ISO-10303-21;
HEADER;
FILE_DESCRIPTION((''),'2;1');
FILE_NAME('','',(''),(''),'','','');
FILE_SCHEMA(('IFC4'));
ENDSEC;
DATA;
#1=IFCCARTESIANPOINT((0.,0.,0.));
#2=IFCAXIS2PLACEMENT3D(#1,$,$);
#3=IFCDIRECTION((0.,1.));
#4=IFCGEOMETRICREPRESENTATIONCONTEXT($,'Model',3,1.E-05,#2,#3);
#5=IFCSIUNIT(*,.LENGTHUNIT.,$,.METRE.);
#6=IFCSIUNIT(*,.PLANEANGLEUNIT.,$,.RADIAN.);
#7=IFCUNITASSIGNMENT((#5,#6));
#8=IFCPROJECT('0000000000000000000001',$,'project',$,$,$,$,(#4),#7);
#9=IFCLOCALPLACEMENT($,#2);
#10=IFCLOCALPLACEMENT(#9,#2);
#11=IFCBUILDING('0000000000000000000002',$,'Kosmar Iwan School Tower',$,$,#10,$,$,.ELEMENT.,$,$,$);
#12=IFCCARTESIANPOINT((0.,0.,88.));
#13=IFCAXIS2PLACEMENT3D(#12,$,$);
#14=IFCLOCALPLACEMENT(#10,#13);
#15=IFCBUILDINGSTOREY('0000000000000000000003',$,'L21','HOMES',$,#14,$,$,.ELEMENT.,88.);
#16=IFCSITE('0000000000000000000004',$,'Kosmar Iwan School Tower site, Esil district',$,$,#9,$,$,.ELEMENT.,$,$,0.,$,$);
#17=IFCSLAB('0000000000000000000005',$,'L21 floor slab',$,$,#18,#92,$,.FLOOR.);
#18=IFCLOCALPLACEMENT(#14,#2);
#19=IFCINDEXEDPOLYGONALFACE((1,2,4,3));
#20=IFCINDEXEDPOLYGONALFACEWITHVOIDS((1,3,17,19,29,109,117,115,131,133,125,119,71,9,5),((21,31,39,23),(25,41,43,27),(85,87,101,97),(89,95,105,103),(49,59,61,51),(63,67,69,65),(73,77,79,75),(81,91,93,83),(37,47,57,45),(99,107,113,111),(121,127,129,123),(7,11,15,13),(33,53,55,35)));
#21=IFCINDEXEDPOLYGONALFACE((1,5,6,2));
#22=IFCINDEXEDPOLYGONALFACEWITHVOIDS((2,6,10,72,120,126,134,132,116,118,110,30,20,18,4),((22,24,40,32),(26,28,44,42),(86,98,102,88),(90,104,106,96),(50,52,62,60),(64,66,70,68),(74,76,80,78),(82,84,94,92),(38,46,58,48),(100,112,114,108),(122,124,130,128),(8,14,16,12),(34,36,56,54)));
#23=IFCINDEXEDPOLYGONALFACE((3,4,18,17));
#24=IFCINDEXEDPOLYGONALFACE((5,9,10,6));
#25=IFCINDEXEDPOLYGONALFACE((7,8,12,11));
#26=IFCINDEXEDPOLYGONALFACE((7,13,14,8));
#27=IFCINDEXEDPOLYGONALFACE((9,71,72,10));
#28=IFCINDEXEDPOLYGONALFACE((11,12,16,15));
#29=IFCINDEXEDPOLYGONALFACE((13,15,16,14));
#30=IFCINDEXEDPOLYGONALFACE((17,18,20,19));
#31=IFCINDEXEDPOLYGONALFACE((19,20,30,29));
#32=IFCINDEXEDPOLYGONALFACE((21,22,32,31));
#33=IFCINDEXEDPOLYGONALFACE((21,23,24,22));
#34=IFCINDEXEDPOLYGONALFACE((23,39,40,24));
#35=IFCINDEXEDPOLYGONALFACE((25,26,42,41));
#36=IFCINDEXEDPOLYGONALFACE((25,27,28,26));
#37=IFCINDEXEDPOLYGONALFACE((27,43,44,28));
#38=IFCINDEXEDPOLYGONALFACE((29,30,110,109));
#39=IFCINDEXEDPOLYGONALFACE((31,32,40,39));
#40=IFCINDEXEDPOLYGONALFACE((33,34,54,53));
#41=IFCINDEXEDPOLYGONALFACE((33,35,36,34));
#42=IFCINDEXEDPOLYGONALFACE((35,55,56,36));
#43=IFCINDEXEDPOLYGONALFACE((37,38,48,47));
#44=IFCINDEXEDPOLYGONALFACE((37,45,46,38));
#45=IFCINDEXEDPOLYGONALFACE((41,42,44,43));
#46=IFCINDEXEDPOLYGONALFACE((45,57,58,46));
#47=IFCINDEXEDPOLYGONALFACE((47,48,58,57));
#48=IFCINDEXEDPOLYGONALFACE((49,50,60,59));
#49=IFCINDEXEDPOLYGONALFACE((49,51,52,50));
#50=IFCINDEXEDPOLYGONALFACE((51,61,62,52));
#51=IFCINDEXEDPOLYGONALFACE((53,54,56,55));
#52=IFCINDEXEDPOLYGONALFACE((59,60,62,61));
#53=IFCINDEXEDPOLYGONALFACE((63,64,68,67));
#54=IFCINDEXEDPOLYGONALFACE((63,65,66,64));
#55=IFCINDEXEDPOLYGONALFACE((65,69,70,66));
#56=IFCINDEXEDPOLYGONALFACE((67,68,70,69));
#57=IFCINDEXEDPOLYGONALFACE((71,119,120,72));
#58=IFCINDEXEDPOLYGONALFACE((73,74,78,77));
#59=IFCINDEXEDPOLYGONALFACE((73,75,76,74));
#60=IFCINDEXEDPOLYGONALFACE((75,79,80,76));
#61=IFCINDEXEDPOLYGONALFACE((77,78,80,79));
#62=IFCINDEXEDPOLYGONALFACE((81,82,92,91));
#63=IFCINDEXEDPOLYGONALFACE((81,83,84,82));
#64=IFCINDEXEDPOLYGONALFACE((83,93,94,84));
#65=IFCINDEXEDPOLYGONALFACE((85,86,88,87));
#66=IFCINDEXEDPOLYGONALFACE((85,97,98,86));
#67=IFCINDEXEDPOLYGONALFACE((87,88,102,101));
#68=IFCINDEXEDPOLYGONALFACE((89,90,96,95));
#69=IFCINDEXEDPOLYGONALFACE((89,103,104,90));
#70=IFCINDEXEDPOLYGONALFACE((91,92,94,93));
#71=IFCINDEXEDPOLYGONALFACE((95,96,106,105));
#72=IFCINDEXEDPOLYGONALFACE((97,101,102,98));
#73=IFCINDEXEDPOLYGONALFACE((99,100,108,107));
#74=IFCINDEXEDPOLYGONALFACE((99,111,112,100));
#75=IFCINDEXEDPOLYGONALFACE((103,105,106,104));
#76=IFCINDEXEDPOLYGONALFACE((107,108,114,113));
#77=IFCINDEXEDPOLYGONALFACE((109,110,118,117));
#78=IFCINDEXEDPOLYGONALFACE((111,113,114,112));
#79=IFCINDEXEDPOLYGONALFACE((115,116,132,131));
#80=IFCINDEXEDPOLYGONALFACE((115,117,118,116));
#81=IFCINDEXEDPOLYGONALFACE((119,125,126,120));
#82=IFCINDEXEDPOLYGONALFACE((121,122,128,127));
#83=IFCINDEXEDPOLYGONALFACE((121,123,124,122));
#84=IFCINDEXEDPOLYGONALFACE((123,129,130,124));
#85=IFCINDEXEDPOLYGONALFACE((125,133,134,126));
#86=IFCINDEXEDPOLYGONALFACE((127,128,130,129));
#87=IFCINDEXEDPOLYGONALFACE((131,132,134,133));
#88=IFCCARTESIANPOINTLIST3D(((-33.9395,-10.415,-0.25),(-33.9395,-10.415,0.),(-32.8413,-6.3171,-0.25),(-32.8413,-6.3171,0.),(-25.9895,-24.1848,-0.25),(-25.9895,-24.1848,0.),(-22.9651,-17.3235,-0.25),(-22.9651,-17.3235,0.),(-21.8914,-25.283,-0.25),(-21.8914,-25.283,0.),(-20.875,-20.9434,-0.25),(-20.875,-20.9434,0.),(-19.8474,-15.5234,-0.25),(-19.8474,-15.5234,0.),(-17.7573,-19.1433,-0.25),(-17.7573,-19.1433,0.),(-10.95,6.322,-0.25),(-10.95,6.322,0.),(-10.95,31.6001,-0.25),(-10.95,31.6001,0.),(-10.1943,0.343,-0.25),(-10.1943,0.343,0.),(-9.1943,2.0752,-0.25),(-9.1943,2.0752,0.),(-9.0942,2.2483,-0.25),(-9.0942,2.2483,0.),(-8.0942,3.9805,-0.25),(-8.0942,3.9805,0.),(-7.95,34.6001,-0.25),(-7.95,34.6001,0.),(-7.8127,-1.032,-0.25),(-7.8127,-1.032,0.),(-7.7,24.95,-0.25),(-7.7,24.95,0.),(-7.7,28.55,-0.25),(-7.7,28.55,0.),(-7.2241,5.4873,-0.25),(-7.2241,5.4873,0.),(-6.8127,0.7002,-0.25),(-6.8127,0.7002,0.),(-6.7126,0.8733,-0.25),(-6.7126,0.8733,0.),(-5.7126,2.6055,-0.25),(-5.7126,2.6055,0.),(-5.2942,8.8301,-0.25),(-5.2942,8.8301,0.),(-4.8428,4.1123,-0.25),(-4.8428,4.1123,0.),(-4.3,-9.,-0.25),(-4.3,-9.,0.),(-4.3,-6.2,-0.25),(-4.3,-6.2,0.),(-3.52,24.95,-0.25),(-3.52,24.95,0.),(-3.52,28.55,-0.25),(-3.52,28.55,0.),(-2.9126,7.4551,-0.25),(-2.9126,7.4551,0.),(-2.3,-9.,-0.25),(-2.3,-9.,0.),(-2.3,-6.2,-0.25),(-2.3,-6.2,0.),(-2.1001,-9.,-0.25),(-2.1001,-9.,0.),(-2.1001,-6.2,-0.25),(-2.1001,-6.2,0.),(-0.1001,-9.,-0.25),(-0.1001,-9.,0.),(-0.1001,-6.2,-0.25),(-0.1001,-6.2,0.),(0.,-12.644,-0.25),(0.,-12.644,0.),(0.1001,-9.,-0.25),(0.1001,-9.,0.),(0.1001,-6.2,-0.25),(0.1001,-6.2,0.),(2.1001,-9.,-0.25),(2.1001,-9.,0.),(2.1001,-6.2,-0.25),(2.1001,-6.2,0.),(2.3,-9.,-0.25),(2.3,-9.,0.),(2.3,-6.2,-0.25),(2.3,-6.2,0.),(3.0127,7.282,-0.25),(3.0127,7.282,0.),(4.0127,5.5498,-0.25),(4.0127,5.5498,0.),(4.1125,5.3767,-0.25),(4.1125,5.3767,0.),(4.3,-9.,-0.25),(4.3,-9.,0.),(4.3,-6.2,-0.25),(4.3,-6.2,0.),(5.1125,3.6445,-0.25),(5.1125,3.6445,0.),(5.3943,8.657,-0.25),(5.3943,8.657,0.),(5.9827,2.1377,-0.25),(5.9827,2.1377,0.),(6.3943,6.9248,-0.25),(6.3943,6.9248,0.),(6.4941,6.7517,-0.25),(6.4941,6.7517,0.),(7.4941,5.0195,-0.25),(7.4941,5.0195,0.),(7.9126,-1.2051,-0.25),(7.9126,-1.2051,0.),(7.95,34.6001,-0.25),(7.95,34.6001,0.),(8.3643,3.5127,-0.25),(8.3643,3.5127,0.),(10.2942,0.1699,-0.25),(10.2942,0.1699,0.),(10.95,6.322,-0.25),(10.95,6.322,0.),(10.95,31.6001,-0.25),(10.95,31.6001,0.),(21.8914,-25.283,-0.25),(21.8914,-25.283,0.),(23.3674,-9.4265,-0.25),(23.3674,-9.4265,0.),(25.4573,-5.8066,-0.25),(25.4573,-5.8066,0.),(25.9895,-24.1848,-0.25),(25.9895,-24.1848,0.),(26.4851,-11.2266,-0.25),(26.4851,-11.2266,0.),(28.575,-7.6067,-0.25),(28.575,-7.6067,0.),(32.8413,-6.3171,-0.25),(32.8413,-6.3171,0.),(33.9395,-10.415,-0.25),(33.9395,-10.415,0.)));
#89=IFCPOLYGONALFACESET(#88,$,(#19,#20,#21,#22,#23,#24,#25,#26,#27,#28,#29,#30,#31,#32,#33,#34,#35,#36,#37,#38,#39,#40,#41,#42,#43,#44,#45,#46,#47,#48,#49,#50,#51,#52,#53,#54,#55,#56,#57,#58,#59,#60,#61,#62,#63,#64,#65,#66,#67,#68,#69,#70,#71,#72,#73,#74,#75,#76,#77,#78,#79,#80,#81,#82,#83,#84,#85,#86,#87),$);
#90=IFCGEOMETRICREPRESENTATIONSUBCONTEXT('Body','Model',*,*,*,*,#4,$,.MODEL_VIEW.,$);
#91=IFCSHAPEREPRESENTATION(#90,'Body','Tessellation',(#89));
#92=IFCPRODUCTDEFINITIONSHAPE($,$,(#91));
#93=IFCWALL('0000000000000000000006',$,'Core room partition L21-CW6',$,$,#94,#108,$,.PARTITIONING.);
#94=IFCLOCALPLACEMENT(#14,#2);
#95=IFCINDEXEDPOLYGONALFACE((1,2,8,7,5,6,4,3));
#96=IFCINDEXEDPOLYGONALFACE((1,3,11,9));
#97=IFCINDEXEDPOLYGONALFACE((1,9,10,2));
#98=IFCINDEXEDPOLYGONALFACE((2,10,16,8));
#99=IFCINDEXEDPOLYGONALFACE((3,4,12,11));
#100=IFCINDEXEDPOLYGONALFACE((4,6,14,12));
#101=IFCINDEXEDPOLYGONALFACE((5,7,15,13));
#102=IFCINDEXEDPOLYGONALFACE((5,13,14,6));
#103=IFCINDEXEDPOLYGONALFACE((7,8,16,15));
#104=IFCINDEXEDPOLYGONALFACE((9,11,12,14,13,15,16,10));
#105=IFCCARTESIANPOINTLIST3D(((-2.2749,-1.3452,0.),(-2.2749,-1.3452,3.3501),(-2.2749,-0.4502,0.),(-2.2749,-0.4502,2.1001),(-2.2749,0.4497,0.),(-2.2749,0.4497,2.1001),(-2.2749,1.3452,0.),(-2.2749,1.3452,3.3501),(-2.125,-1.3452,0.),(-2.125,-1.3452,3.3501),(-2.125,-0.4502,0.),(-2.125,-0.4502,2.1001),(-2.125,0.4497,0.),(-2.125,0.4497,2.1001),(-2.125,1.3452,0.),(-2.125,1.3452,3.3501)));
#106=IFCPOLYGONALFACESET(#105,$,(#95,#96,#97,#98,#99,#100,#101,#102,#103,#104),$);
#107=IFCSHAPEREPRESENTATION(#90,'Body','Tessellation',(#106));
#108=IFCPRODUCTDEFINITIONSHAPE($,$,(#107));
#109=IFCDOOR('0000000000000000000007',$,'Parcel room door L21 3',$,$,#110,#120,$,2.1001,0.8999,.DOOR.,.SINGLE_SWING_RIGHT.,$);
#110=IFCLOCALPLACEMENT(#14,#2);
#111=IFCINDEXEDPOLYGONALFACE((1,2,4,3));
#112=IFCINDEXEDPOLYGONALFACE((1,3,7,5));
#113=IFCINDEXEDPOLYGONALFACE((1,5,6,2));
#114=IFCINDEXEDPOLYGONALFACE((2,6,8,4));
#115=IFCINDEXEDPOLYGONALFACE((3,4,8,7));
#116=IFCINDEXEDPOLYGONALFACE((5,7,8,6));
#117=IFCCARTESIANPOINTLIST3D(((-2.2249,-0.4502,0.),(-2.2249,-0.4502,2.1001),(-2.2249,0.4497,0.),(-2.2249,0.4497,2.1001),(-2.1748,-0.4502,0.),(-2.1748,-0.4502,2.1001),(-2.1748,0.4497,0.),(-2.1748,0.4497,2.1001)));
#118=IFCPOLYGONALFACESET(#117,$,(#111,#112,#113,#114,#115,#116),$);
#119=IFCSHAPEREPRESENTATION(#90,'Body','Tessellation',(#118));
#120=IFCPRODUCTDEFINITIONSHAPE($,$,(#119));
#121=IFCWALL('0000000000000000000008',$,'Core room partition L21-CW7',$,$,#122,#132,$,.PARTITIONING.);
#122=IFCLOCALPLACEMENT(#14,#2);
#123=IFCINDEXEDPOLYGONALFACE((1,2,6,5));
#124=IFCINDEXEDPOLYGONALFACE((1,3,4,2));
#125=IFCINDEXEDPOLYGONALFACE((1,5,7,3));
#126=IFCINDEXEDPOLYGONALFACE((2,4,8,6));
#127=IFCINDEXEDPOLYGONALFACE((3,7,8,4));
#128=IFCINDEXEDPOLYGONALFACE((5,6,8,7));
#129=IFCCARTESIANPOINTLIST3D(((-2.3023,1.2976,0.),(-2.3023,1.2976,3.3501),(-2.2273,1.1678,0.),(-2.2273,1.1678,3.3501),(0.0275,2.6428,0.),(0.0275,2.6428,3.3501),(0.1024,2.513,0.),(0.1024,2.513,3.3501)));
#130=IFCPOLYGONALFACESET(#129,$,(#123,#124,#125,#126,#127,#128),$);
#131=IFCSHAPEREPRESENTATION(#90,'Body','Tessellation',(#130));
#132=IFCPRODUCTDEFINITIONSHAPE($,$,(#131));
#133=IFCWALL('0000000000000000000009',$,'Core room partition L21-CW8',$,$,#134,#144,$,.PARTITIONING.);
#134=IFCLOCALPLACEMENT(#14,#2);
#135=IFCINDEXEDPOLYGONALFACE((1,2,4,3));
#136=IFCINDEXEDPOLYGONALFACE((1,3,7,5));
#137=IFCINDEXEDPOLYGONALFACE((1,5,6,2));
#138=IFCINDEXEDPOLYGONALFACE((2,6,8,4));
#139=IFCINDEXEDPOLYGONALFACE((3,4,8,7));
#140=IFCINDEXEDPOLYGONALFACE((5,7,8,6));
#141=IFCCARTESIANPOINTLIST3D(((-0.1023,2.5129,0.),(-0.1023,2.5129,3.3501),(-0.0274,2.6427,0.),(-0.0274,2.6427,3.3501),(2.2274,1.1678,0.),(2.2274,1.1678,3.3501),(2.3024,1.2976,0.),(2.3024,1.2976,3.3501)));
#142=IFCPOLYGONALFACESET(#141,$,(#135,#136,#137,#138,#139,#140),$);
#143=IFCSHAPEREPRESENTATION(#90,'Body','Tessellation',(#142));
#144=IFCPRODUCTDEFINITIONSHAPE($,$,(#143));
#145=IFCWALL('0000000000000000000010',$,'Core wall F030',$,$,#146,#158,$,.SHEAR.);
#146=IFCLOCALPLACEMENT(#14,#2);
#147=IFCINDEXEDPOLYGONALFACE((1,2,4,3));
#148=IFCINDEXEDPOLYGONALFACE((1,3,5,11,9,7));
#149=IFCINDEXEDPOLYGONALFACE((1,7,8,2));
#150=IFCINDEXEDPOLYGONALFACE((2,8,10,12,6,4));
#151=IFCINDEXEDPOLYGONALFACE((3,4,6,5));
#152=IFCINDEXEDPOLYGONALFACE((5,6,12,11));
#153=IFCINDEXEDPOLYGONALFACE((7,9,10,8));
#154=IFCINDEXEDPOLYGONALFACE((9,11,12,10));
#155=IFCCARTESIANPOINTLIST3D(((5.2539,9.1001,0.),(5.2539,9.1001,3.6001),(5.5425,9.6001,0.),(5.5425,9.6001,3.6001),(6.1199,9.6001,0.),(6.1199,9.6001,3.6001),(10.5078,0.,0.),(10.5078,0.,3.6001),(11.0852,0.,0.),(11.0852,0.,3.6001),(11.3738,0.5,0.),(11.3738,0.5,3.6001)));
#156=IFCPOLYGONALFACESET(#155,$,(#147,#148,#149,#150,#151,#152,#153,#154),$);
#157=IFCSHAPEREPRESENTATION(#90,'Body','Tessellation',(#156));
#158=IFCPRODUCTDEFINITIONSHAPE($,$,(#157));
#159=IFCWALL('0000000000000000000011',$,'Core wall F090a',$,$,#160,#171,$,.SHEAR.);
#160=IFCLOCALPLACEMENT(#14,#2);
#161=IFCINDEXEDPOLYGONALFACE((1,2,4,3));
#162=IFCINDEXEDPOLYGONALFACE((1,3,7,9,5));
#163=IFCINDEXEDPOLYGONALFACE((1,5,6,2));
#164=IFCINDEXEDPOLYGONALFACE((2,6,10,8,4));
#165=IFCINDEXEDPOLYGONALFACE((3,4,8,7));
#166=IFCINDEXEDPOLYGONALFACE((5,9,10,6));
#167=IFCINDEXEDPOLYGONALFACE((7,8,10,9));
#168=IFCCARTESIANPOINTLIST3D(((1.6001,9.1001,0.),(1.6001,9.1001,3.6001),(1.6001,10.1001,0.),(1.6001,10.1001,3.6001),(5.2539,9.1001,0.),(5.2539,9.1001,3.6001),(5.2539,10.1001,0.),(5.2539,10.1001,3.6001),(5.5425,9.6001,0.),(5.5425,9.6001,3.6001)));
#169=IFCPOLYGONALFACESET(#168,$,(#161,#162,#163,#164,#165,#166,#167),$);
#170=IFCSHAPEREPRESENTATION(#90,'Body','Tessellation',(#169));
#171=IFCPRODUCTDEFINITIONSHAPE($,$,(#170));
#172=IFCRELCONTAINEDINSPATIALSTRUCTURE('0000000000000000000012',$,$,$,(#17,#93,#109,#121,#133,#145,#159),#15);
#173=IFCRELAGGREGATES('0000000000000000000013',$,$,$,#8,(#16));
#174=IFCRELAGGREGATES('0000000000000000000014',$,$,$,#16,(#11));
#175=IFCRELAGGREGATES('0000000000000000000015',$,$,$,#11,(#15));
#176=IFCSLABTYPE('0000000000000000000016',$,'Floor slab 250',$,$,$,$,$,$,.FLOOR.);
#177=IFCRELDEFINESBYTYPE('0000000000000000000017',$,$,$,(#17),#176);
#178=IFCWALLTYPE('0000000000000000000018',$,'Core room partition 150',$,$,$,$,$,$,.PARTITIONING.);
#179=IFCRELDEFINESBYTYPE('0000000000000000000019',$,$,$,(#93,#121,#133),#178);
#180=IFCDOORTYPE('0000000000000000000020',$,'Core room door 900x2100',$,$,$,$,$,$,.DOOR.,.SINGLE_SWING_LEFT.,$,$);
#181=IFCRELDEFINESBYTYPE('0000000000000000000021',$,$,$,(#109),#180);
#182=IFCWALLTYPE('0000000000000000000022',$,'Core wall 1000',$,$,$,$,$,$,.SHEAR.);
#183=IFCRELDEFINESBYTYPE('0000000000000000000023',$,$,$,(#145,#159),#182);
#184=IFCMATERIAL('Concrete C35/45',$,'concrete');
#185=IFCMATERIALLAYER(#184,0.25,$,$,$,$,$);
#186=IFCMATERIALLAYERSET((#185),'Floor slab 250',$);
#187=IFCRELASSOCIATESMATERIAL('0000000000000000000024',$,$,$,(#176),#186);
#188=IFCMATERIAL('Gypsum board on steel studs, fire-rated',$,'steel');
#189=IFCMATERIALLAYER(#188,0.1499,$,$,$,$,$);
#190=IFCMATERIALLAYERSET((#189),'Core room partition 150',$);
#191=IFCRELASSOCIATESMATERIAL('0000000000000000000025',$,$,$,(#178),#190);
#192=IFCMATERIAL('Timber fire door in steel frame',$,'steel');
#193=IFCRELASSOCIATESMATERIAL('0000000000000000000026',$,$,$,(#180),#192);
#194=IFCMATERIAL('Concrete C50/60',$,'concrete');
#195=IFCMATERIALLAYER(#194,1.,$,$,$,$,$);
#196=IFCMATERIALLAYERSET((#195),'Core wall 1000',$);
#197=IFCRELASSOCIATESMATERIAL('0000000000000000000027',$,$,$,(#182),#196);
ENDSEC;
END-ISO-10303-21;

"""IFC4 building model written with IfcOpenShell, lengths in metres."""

from ifc_helpers import new_model, si_unit, direction, frame, frame_2d, origin, place, context, subcontext, project, spatial, polyline, rectangle, outline, extrude, material, layer, layer_set, type_object, element, fill, save


model = new_model("IFC4")

# Units and contexts
model_context = context("Model", 3, precision=1e-05, world=origin(), true_north=direction((0.0, 1.0)))
body_context = subcontext(model_context, "Body", "Model", "MODEL_VIEW")
ifc_project = project(units=[si_unit("LENGTHUNIT", "METRE"), si_unit("PLANEANGLEUNIT", "RADIAN")], contexts=[model_context])

# Site, building, storey
site_placement = place(None, origin())
site = spatial("IfcSite", under=ifc_project, at=site_placement, Name="Kosmar Iwan School Tower site, Esil district", CompositionType="ELEMENT", RefElevation=0.0)
building_placement = place(site_placement, origin())
building = spatial("IfcBuilding", under=site, at=building_placement, Name="Kosmar Iwan School Tower", CompositionType="ELEMENT")
storey_placement = place(building_placement, frame((0.0, 0.0, 88.0)))
storey = spatial("IfcBuildingStorey", under=building, at=storey_placement, Name="L21", Description="HOMES", CompositionType="ELEMENT", Elevation=88.0)

# Slab
ifc_material_1 = material(Name="Concrete C35/45", Category="concrete")
ifc_layer_1 = layer(ifc_material_1, 0.25)
ifc_layer_set_1 = layer_set([ifc_layer_1], Name="Floor slab 250")
slab_type = type_object("IfcSlabType", Name="Floor slab 250", PredefinedType="FLOOR", material=ifc_layer_set_1)
slab_placement = place(storey_placement, frame((0.0, 0.0, -0.25)))
element("IfcSlab", 1, at=slab_placement, inside=storey, type_object=slab_type, Name="L21 floor slab", PredefinedType="FLOOR", context=body_context, shape_type="SweptSolid", body=[
    extrude(outline(polyline([(-21.8914, -25.283), (0.0, -12.644), (21.8914, -25.283), (25.9895, -24.1848), (33.9395, -10.415), (32.8413, -6.3171), (10.95, 6.322), (10.95, 31.6001), (7.95, 34.6001), (-7.95, 34.6001), (-10.95, 31.6001), (-10.95, 6.322), (-32.8413, -6.3171), (-33.9395, -10.415), (-25.9895, -24.1848), (-21.8914, -25.283)]), holes=[polyline([(7.9126, -1.2051), (10.2942, 0.1699), (8.3643, 3.5127), (5.9827, 2.1377), (7.9126, -1.2051)]), polyline([(-2.9126, 7.4551), (-5.2942, 8.8301), (-7.2241, 5.4873), (-4.8428, 4.1123), (-2.9126, 7.4551)]), polyline([(-5.7126, 2.6055), (-8.0942, 3.9805), (-9.0942, 2.2483), (-6.7126, 0.8733), (-5.7126, 2.6055)]), polyline([(-6.8127, 0.7002), (-9.1943, 2.0752), (-10.1943, 0.343), (-7.8127, -1.032), (-6.8127, 0.7002)]), polyline([(5.1125, 3.6445), (7.4941, 5.0195), (6.4941, 6.7517), (4.1125, 5.3767), (5.1125, 3.6445)]), polyline([(4.0127, 5.5498), (6.3943, 6.9248), (5.3943, 8.657), (3.0127, 7.282), (4.0127, 5.5498)]), polyline([(-4.3, -6.2), (-4.3, -9.0), (-2.3, -9.0), (-2.3, -6.2), (-4.3, -6.2)]), polyline([(-2.1001, -6.2), (-2.1001, -9.0), (-0.1001, -9.0), (-0.1001, -6.2), (-2.1001, -6.2)]), polyline([(0.1001, -6.2), (0.1001, -9.0), (2.1001, -9.0), (2.1001, -6.2), (0.1001, -6.2)]), polyline([(2.3, -6.2), (2.3, -9.0), (4.3, -9.0), (4.3, -6.2), (2.3, -6.2)]), polyline([(-3.52, 24.95), (-3.52, 28.55), (-7.7, 28.55), (-7.7, 24.95), (-3.52, 24.95)]), polyline([(-19.8474, -15.5234), (-22.9651, -17.3235), (-20.875, -20.9434), (-17.7573, -19.1433), (-19.8474, -15.5234)]), polyline([(23.3674, -9.4265), (26.4851, -11.2266), (28.575, -7.6067), (25.4573, -5.8066), (23.3674, -9.4265)])]), origin(), (0.0, 0.0, 1.0), 0.25),
])

# Wall, opening, door
ifc_material_2 = material(Name="Gypsum board on steel studs, fire-rated", Category="steel")
ifc_layer_2 = layer(ifc_material_2, 0.1499)
ifc_layer_set_2 = layer_set([ifc_layer_2], Name="Core room partition 150")
wall_type_1 = type_object("IfcWallType", Name="Core room partition 150", PredefinedType="PARTITIONING", material=ifc_layer_set_2)
wall_1_placement = place(storey_placement, frame((-2.2, -1.3452, 0.0), z_axis=(0.0, 0.0, 1.0), x_axis=(0.0, 1.0, 0.0)))
wall_1 = element("IfcWall", 2, at=wall_1_placement, inside=storey, type_object=wall_type_1, Name="Core room partition L21-CW6", PredefinedType="PARTITIONING", context=body_context, shape_type="SweptSolid", body=[
    extrude(rectangle(XDim=2.6904, YDim=0.1499, at=frame_2d((1.3452, 0.0))), origin(), (0.0, 0.0, 1.0), 3.3501),
])
opening_placement = place(wall_1_placement, frame((0.895, 0.0, 0.0)))
opening = element("IfcOpeningElement", 3, at=opening_placement, cuts=wall_1, PredefinedType="OPENING", context=body_context, shape_type="SweptSolid", body=[
    extrude(rectangle(XDim=0.8999, YDim=2.1001, at=frame_2d((0.45, 1.05))), frame((0.0, 0.0869, 0.0), z_axis=(0.0, -1.0, 0.0), x_axis=(1.0, 0.0, 0.0)), (0.0, 0.0, 1.0), 0.1738),
])
ifc_material_3 = material(Name="Timber fire door in steel frame", Category="steel")
door_type = type_object("IfcDoorType", Name="Core room door 900x2100", OperationType="SINGLE_SWING_LEFT", PredefinedType="DOOR", material=ifc_material_3)
door_placement = place(opening_placement, origin())
door = element("IfcDoor", 4, at=door_placement, inside=storey, type_object=door_type, Name="Parcel room door L21 3", OperationType="SINGLE_SWING_RIGHT", OverallHeight=2.1001, OverallWidth=0.8999, PredefinedType="DOOR", context=body_context, shape_type="SweptSolid", body=[
    extrude(rectangle(XDim=0.8999, YDim=2.1001, at=frame_2d((0.45, 1.05))), frame((0.0, 0.0249, 0.0), z_axis=(0.0, -1.0, 0.0), x_axis=(1.0, 0.0, 0.0)), (0.0, 0.0, 1.0), 0.05),
])
fill(opening, door)

# Walls
for number, where, z_axis, x_axis, name in (
    (5, (-2.2649, 1.2327, 0.0), (0.0, 0.0, 1.0), (0.866012, 0.500024, 0.0), "Core room partition L21-CW7"),
    (6, (-0.0649, 2.5779, 0.0), (0.0, 0.0, 1.0), (0.866012, -0.500024, 0.0), "Core room partition L21-CW8"),
):
    element("IfcWall", number, at=place(storey_placement, frame(where, z_axis=z_axis, x_axis=x_axis)), inside=storey, type_object=wall_type_1, Name=name, PredefinedType="PARTITIONING", context=body_context, shape_type="SweptSolid", body=[
        extrude(rectangle(XDim=2.6902, YDim=0.1499, at=frame_2d((1.3452, 0.0))), origin(), (0.0, 0.0, 1.0), 3.3501),
    ])
ifc_material_4 = material(Name="Concrete C50/60", Category="concrete")
ifc_layer_3 = layer(ifc_material_4, 1.0)
ifc_layer_set_3 = layer_set([ifc_layer_3], Name="Core wall 1000")
wall_type_2 = type_object("IfcWallType", Name="Core wall 1000", PredefinedType="SHEAR", material=ifc_layer_set_3)
wall_2_placement = place(storey_placement, origin())
element("IfcWall", 7, at=wall_2_placement, inside=storey, type_object=wall_type_2, Name="Core wall F030", PredefinedType="SHEAR", context=body_context, shape_type="SweptSolid", body=[
    extrude(outline(polyline([(10.5078, 0.0), (11.0852, 0.0), (11.3738, 0.5), (6.1199, 9.6001), (5.5425, 9.6001), (5.2539, 9.1001), (10.5078, 0.0)])), origin(), (0.0, 0.0, 1.0), 3.6001),
])
wall_3_placement = place(storey_placement, origin())
element("IfcWall", 8, at=wall_3_placement, inside=storey, type_object=wall_type_2, Name="Core wall F090a", PredefinedType="SHEAR", context=body_context, shape_type="SweptSolid", body=[
    extrude(outline(polyline([(1.6001, 9.1001), (5.2539, 9.1001), (5.5425, 9.6001), (5.2539, 10.1001), (1.6001, 10.1001), (1.6001, 9.1001)])), origin(), (0.0, 0.0, 1.0), 3.6001),
])

save(model, "model.ifc")
